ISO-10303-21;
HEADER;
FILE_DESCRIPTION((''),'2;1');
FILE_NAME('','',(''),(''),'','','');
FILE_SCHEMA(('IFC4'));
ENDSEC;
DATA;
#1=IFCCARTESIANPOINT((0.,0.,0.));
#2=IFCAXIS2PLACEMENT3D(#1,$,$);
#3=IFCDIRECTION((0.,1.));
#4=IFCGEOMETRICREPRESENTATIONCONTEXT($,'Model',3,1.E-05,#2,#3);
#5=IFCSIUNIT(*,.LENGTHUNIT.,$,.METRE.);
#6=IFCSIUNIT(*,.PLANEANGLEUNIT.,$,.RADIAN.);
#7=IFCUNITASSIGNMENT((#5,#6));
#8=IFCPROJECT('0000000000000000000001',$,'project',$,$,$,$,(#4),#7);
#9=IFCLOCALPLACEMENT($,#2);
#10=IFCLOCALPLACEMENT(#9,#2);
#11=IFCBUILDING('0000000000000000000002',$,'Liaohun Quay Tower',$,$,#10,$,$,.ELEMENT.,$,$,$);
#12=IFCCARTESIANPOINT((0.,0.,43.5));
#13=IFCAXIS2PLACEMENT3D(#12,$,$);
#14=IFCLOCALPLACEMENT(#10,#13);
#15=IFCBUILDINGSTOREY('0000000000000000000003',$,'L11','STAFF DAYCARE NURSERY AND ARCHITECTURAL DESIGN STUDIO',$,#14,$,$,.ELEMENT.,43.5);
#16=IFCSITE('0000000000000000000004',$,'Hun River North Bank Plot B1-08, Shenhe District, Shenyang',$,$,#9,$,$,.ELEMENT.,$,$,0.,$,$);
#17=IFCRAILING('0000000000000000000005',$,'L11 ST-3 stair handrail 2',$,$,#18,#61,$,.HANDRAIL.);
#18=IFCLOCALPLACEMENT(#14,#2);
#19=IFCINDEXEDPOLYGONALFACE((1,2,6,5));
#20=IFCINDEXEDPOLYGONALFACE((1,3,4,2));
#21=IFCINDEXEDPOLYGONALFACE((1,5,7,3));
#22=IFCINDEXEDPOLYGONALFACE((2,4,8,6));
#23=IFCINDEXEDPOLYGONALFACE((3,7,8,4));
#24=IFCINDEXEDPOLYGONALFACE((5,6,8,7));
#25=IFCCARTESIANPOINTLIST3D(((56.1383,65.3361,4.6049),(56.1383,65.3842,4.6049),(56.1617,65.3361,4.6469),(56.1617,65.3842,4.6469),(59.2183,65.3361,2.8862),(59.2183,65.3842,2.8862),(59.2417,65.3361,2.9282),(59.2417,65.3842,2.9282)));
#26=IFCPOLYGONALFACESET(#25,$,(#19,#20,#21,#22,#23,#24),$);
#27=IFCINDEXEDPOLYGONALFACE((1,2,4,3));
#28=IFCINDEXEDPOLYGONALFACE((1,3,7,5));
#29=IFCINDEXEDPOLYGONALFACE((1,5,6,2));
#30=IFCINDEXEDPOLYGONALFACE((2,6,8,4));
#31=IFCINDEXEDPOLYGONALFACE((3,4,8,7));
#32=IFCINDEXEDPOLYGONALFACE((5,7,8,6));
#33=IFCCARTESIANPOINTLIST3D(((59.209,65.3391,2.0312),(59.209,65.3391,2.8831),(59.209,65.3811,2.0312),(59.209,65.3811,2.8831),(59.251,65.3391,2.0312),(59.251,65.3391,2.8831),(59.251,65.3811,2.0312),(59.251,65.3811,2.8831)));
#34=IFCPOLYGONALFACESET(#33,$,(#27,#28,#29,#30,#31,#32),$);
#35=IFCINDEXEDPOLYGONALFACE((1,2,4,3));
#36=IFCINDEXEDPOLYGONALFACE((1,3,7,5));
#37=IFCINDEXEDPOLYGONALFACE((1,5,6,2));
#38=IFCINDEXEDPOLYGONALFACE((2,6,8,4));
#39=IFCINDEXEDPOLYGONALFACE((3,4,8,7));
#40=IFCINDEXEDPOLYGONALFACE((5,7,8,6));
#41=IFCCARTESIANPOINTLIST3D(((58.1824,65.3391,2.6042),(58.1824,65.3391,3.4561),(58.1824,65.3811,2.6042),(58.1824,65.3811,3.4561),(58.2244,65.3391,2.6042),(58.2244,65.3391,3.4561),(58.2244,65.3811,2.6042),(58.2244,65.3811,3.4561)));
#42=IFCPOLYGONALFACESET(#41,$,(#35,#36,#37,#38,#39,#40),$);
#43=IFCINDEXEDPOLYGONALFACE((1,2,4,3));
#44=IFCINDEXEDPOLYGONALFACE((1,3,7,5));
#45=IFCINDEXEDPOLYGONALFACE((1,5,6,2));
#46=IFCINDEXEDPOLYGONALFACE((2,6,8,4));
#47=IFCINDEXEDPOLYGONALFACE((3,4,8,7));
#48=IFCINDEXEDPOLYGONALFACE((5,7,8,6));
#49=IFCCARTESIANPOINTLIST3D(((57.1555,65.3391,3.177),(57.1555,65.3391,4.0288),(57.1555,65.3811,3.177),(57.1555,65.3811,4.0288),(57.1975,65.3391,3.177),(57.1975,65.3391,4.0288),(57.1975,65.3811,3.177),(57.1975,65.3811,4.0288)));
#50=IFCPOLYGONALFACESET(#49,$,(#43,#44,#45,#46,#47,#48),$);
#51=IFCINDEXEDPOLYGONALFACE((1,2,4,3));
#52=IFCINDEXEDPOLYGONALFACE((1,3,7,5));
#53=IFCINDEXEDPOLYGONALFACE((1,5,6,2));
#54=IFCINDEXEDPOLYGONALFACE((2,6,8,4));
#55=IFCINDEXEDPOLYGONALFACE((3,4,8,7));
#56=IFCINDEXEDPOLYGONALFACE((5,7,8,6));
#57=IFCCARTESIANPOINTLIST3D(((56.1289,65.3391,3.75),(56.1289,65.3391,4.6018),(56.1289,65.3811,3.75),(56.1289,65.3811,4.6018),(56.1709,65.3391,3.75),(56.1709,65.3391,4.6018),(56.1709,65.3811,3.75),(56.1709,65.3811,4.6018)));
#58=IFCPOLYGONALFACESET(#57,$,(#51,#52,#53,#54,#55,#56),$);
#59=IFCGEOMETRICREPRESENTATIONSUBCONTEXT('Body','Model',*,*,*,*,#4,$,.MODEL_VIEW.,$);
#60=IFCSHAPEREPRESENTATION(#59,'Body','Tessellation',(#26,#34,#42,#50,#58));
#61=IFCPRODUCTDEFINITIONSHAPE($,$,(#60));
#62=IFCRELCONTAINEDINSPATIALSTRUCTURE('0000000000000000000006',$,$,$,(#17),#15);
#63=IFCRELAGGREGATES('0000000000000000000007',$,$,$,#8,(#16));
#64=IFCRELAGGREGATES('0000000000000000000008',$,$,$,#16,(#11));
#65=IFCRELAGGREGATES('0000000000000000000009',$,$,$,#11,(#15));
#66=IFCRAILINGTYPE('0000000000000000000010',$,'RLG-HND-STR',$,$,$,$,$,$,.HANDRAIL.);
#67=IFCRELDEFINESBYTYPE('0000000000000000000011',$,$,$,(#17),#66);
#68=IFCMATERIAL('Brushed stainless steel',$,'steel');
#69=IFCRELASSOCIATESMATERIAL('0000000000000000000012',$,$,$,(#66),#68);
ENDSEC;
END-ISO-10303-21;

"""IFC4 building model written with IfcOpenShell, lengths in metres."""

from ifc_helpers import new_model, si_unit, direction, frame, origin, origin_2d, place, context, subcontext, project, spatial, rectangle, extrude, material, type_object, element, save


model = new_model("IFC4")

# Units and contexts
model_context = context("Model", 3, precision=1e-05, world=origin(), true_north=direction((0.0, 1.0)))
body_context = subcontext(model_context, "Body", "Model", "MODEL_VIEW")
ifc_project = project(units=[si_unit("LENGTHUNIT", "METRE"), si_unit("PLANEANGLEUNIT", "RADIAN")], contexts=[model_context])

# Site, building, storey
site_placement = place(None, origin())
site = spatial("IfcSite", under=ifc_project, at=site_placement, Name="Hun River North Bank Plot B1-08, Shenhe District, Shenyang", CompositionType="ELEMENT", RefElevation=0.0)
building_placement = place(site_placement, origin())
building = spatial("IfcBuilding", under=site, at=building_placement, Name="Liaohun Quay Tower", CompositionType="ELEMENT")
storey_placement = place(building_placement, frame((0.0, 0.0, 43.5)))
storey = spatial("IfcBuildingStorey", under=building, at=storey_placement, Name="L11", Description="STAFF DAYCARE NURSERY AND ARCHITECTURAL DESIGN STUDIO", CompositionType="ELEMENT", Elevation=43.5)

# Railing
ifc_material_1 = material(Name="Brushed stainless steel", Category="steel")
railing_type_1 = type_object("IfcRailingType", Name="RLG-HND-STR", PredefinedType="HANDRAIL", material=ifc_material_1)
railing_1_placement = place(storey_placement, frame((59.23, 65.3601, 2.0312)))
element("IfcRailing", 1, at=railing_1_placement, inside=storey, type_object=railing_type_1, Name="L11 ST-3 stair handrail 2", PredefinedType="HANDRAIL", context=body_context, shape_type="SweptSolid", body=[
    extrude(rectangle(XDim=0.0481, YDim=0.0481, at=origin_2d()), frame((0.0, 0.0, 0.876), z_axis=(-0.873242, 0.0, 0.487288), x_axis=(0.0, -1.0, 0.0)), (0.0, 0.0, 1.0), 3.5271),
    extrude(rectangle(XDim=0.042, YDim=0.042, at=origin_2d()), origin(), (0.0, 0.0, 1.0), 0.8518),
    extrude(rectangle(XDim=0.042, YDim=0.042, at=origin_2d()), frame((-1.0266, 0.0, 0.573)), (0.0, 0.0, 1.0), 0.8518),
    extrude(rectangle(XDim=0.042, YDim=0.042, at=origin_2d()), frame((-2.0535, 0.0, 1.1458)), (0.0, 0.0, 1.0), 0.8518),
    extrude(rectangle(XDim=0.042, YDim=0.042, at=origin_2d()), frame((-3.0801, 0.0, 1.7188)), (0.0, 0.0, 1.0), 0.8518),
])

save(model, "model.ifc")
